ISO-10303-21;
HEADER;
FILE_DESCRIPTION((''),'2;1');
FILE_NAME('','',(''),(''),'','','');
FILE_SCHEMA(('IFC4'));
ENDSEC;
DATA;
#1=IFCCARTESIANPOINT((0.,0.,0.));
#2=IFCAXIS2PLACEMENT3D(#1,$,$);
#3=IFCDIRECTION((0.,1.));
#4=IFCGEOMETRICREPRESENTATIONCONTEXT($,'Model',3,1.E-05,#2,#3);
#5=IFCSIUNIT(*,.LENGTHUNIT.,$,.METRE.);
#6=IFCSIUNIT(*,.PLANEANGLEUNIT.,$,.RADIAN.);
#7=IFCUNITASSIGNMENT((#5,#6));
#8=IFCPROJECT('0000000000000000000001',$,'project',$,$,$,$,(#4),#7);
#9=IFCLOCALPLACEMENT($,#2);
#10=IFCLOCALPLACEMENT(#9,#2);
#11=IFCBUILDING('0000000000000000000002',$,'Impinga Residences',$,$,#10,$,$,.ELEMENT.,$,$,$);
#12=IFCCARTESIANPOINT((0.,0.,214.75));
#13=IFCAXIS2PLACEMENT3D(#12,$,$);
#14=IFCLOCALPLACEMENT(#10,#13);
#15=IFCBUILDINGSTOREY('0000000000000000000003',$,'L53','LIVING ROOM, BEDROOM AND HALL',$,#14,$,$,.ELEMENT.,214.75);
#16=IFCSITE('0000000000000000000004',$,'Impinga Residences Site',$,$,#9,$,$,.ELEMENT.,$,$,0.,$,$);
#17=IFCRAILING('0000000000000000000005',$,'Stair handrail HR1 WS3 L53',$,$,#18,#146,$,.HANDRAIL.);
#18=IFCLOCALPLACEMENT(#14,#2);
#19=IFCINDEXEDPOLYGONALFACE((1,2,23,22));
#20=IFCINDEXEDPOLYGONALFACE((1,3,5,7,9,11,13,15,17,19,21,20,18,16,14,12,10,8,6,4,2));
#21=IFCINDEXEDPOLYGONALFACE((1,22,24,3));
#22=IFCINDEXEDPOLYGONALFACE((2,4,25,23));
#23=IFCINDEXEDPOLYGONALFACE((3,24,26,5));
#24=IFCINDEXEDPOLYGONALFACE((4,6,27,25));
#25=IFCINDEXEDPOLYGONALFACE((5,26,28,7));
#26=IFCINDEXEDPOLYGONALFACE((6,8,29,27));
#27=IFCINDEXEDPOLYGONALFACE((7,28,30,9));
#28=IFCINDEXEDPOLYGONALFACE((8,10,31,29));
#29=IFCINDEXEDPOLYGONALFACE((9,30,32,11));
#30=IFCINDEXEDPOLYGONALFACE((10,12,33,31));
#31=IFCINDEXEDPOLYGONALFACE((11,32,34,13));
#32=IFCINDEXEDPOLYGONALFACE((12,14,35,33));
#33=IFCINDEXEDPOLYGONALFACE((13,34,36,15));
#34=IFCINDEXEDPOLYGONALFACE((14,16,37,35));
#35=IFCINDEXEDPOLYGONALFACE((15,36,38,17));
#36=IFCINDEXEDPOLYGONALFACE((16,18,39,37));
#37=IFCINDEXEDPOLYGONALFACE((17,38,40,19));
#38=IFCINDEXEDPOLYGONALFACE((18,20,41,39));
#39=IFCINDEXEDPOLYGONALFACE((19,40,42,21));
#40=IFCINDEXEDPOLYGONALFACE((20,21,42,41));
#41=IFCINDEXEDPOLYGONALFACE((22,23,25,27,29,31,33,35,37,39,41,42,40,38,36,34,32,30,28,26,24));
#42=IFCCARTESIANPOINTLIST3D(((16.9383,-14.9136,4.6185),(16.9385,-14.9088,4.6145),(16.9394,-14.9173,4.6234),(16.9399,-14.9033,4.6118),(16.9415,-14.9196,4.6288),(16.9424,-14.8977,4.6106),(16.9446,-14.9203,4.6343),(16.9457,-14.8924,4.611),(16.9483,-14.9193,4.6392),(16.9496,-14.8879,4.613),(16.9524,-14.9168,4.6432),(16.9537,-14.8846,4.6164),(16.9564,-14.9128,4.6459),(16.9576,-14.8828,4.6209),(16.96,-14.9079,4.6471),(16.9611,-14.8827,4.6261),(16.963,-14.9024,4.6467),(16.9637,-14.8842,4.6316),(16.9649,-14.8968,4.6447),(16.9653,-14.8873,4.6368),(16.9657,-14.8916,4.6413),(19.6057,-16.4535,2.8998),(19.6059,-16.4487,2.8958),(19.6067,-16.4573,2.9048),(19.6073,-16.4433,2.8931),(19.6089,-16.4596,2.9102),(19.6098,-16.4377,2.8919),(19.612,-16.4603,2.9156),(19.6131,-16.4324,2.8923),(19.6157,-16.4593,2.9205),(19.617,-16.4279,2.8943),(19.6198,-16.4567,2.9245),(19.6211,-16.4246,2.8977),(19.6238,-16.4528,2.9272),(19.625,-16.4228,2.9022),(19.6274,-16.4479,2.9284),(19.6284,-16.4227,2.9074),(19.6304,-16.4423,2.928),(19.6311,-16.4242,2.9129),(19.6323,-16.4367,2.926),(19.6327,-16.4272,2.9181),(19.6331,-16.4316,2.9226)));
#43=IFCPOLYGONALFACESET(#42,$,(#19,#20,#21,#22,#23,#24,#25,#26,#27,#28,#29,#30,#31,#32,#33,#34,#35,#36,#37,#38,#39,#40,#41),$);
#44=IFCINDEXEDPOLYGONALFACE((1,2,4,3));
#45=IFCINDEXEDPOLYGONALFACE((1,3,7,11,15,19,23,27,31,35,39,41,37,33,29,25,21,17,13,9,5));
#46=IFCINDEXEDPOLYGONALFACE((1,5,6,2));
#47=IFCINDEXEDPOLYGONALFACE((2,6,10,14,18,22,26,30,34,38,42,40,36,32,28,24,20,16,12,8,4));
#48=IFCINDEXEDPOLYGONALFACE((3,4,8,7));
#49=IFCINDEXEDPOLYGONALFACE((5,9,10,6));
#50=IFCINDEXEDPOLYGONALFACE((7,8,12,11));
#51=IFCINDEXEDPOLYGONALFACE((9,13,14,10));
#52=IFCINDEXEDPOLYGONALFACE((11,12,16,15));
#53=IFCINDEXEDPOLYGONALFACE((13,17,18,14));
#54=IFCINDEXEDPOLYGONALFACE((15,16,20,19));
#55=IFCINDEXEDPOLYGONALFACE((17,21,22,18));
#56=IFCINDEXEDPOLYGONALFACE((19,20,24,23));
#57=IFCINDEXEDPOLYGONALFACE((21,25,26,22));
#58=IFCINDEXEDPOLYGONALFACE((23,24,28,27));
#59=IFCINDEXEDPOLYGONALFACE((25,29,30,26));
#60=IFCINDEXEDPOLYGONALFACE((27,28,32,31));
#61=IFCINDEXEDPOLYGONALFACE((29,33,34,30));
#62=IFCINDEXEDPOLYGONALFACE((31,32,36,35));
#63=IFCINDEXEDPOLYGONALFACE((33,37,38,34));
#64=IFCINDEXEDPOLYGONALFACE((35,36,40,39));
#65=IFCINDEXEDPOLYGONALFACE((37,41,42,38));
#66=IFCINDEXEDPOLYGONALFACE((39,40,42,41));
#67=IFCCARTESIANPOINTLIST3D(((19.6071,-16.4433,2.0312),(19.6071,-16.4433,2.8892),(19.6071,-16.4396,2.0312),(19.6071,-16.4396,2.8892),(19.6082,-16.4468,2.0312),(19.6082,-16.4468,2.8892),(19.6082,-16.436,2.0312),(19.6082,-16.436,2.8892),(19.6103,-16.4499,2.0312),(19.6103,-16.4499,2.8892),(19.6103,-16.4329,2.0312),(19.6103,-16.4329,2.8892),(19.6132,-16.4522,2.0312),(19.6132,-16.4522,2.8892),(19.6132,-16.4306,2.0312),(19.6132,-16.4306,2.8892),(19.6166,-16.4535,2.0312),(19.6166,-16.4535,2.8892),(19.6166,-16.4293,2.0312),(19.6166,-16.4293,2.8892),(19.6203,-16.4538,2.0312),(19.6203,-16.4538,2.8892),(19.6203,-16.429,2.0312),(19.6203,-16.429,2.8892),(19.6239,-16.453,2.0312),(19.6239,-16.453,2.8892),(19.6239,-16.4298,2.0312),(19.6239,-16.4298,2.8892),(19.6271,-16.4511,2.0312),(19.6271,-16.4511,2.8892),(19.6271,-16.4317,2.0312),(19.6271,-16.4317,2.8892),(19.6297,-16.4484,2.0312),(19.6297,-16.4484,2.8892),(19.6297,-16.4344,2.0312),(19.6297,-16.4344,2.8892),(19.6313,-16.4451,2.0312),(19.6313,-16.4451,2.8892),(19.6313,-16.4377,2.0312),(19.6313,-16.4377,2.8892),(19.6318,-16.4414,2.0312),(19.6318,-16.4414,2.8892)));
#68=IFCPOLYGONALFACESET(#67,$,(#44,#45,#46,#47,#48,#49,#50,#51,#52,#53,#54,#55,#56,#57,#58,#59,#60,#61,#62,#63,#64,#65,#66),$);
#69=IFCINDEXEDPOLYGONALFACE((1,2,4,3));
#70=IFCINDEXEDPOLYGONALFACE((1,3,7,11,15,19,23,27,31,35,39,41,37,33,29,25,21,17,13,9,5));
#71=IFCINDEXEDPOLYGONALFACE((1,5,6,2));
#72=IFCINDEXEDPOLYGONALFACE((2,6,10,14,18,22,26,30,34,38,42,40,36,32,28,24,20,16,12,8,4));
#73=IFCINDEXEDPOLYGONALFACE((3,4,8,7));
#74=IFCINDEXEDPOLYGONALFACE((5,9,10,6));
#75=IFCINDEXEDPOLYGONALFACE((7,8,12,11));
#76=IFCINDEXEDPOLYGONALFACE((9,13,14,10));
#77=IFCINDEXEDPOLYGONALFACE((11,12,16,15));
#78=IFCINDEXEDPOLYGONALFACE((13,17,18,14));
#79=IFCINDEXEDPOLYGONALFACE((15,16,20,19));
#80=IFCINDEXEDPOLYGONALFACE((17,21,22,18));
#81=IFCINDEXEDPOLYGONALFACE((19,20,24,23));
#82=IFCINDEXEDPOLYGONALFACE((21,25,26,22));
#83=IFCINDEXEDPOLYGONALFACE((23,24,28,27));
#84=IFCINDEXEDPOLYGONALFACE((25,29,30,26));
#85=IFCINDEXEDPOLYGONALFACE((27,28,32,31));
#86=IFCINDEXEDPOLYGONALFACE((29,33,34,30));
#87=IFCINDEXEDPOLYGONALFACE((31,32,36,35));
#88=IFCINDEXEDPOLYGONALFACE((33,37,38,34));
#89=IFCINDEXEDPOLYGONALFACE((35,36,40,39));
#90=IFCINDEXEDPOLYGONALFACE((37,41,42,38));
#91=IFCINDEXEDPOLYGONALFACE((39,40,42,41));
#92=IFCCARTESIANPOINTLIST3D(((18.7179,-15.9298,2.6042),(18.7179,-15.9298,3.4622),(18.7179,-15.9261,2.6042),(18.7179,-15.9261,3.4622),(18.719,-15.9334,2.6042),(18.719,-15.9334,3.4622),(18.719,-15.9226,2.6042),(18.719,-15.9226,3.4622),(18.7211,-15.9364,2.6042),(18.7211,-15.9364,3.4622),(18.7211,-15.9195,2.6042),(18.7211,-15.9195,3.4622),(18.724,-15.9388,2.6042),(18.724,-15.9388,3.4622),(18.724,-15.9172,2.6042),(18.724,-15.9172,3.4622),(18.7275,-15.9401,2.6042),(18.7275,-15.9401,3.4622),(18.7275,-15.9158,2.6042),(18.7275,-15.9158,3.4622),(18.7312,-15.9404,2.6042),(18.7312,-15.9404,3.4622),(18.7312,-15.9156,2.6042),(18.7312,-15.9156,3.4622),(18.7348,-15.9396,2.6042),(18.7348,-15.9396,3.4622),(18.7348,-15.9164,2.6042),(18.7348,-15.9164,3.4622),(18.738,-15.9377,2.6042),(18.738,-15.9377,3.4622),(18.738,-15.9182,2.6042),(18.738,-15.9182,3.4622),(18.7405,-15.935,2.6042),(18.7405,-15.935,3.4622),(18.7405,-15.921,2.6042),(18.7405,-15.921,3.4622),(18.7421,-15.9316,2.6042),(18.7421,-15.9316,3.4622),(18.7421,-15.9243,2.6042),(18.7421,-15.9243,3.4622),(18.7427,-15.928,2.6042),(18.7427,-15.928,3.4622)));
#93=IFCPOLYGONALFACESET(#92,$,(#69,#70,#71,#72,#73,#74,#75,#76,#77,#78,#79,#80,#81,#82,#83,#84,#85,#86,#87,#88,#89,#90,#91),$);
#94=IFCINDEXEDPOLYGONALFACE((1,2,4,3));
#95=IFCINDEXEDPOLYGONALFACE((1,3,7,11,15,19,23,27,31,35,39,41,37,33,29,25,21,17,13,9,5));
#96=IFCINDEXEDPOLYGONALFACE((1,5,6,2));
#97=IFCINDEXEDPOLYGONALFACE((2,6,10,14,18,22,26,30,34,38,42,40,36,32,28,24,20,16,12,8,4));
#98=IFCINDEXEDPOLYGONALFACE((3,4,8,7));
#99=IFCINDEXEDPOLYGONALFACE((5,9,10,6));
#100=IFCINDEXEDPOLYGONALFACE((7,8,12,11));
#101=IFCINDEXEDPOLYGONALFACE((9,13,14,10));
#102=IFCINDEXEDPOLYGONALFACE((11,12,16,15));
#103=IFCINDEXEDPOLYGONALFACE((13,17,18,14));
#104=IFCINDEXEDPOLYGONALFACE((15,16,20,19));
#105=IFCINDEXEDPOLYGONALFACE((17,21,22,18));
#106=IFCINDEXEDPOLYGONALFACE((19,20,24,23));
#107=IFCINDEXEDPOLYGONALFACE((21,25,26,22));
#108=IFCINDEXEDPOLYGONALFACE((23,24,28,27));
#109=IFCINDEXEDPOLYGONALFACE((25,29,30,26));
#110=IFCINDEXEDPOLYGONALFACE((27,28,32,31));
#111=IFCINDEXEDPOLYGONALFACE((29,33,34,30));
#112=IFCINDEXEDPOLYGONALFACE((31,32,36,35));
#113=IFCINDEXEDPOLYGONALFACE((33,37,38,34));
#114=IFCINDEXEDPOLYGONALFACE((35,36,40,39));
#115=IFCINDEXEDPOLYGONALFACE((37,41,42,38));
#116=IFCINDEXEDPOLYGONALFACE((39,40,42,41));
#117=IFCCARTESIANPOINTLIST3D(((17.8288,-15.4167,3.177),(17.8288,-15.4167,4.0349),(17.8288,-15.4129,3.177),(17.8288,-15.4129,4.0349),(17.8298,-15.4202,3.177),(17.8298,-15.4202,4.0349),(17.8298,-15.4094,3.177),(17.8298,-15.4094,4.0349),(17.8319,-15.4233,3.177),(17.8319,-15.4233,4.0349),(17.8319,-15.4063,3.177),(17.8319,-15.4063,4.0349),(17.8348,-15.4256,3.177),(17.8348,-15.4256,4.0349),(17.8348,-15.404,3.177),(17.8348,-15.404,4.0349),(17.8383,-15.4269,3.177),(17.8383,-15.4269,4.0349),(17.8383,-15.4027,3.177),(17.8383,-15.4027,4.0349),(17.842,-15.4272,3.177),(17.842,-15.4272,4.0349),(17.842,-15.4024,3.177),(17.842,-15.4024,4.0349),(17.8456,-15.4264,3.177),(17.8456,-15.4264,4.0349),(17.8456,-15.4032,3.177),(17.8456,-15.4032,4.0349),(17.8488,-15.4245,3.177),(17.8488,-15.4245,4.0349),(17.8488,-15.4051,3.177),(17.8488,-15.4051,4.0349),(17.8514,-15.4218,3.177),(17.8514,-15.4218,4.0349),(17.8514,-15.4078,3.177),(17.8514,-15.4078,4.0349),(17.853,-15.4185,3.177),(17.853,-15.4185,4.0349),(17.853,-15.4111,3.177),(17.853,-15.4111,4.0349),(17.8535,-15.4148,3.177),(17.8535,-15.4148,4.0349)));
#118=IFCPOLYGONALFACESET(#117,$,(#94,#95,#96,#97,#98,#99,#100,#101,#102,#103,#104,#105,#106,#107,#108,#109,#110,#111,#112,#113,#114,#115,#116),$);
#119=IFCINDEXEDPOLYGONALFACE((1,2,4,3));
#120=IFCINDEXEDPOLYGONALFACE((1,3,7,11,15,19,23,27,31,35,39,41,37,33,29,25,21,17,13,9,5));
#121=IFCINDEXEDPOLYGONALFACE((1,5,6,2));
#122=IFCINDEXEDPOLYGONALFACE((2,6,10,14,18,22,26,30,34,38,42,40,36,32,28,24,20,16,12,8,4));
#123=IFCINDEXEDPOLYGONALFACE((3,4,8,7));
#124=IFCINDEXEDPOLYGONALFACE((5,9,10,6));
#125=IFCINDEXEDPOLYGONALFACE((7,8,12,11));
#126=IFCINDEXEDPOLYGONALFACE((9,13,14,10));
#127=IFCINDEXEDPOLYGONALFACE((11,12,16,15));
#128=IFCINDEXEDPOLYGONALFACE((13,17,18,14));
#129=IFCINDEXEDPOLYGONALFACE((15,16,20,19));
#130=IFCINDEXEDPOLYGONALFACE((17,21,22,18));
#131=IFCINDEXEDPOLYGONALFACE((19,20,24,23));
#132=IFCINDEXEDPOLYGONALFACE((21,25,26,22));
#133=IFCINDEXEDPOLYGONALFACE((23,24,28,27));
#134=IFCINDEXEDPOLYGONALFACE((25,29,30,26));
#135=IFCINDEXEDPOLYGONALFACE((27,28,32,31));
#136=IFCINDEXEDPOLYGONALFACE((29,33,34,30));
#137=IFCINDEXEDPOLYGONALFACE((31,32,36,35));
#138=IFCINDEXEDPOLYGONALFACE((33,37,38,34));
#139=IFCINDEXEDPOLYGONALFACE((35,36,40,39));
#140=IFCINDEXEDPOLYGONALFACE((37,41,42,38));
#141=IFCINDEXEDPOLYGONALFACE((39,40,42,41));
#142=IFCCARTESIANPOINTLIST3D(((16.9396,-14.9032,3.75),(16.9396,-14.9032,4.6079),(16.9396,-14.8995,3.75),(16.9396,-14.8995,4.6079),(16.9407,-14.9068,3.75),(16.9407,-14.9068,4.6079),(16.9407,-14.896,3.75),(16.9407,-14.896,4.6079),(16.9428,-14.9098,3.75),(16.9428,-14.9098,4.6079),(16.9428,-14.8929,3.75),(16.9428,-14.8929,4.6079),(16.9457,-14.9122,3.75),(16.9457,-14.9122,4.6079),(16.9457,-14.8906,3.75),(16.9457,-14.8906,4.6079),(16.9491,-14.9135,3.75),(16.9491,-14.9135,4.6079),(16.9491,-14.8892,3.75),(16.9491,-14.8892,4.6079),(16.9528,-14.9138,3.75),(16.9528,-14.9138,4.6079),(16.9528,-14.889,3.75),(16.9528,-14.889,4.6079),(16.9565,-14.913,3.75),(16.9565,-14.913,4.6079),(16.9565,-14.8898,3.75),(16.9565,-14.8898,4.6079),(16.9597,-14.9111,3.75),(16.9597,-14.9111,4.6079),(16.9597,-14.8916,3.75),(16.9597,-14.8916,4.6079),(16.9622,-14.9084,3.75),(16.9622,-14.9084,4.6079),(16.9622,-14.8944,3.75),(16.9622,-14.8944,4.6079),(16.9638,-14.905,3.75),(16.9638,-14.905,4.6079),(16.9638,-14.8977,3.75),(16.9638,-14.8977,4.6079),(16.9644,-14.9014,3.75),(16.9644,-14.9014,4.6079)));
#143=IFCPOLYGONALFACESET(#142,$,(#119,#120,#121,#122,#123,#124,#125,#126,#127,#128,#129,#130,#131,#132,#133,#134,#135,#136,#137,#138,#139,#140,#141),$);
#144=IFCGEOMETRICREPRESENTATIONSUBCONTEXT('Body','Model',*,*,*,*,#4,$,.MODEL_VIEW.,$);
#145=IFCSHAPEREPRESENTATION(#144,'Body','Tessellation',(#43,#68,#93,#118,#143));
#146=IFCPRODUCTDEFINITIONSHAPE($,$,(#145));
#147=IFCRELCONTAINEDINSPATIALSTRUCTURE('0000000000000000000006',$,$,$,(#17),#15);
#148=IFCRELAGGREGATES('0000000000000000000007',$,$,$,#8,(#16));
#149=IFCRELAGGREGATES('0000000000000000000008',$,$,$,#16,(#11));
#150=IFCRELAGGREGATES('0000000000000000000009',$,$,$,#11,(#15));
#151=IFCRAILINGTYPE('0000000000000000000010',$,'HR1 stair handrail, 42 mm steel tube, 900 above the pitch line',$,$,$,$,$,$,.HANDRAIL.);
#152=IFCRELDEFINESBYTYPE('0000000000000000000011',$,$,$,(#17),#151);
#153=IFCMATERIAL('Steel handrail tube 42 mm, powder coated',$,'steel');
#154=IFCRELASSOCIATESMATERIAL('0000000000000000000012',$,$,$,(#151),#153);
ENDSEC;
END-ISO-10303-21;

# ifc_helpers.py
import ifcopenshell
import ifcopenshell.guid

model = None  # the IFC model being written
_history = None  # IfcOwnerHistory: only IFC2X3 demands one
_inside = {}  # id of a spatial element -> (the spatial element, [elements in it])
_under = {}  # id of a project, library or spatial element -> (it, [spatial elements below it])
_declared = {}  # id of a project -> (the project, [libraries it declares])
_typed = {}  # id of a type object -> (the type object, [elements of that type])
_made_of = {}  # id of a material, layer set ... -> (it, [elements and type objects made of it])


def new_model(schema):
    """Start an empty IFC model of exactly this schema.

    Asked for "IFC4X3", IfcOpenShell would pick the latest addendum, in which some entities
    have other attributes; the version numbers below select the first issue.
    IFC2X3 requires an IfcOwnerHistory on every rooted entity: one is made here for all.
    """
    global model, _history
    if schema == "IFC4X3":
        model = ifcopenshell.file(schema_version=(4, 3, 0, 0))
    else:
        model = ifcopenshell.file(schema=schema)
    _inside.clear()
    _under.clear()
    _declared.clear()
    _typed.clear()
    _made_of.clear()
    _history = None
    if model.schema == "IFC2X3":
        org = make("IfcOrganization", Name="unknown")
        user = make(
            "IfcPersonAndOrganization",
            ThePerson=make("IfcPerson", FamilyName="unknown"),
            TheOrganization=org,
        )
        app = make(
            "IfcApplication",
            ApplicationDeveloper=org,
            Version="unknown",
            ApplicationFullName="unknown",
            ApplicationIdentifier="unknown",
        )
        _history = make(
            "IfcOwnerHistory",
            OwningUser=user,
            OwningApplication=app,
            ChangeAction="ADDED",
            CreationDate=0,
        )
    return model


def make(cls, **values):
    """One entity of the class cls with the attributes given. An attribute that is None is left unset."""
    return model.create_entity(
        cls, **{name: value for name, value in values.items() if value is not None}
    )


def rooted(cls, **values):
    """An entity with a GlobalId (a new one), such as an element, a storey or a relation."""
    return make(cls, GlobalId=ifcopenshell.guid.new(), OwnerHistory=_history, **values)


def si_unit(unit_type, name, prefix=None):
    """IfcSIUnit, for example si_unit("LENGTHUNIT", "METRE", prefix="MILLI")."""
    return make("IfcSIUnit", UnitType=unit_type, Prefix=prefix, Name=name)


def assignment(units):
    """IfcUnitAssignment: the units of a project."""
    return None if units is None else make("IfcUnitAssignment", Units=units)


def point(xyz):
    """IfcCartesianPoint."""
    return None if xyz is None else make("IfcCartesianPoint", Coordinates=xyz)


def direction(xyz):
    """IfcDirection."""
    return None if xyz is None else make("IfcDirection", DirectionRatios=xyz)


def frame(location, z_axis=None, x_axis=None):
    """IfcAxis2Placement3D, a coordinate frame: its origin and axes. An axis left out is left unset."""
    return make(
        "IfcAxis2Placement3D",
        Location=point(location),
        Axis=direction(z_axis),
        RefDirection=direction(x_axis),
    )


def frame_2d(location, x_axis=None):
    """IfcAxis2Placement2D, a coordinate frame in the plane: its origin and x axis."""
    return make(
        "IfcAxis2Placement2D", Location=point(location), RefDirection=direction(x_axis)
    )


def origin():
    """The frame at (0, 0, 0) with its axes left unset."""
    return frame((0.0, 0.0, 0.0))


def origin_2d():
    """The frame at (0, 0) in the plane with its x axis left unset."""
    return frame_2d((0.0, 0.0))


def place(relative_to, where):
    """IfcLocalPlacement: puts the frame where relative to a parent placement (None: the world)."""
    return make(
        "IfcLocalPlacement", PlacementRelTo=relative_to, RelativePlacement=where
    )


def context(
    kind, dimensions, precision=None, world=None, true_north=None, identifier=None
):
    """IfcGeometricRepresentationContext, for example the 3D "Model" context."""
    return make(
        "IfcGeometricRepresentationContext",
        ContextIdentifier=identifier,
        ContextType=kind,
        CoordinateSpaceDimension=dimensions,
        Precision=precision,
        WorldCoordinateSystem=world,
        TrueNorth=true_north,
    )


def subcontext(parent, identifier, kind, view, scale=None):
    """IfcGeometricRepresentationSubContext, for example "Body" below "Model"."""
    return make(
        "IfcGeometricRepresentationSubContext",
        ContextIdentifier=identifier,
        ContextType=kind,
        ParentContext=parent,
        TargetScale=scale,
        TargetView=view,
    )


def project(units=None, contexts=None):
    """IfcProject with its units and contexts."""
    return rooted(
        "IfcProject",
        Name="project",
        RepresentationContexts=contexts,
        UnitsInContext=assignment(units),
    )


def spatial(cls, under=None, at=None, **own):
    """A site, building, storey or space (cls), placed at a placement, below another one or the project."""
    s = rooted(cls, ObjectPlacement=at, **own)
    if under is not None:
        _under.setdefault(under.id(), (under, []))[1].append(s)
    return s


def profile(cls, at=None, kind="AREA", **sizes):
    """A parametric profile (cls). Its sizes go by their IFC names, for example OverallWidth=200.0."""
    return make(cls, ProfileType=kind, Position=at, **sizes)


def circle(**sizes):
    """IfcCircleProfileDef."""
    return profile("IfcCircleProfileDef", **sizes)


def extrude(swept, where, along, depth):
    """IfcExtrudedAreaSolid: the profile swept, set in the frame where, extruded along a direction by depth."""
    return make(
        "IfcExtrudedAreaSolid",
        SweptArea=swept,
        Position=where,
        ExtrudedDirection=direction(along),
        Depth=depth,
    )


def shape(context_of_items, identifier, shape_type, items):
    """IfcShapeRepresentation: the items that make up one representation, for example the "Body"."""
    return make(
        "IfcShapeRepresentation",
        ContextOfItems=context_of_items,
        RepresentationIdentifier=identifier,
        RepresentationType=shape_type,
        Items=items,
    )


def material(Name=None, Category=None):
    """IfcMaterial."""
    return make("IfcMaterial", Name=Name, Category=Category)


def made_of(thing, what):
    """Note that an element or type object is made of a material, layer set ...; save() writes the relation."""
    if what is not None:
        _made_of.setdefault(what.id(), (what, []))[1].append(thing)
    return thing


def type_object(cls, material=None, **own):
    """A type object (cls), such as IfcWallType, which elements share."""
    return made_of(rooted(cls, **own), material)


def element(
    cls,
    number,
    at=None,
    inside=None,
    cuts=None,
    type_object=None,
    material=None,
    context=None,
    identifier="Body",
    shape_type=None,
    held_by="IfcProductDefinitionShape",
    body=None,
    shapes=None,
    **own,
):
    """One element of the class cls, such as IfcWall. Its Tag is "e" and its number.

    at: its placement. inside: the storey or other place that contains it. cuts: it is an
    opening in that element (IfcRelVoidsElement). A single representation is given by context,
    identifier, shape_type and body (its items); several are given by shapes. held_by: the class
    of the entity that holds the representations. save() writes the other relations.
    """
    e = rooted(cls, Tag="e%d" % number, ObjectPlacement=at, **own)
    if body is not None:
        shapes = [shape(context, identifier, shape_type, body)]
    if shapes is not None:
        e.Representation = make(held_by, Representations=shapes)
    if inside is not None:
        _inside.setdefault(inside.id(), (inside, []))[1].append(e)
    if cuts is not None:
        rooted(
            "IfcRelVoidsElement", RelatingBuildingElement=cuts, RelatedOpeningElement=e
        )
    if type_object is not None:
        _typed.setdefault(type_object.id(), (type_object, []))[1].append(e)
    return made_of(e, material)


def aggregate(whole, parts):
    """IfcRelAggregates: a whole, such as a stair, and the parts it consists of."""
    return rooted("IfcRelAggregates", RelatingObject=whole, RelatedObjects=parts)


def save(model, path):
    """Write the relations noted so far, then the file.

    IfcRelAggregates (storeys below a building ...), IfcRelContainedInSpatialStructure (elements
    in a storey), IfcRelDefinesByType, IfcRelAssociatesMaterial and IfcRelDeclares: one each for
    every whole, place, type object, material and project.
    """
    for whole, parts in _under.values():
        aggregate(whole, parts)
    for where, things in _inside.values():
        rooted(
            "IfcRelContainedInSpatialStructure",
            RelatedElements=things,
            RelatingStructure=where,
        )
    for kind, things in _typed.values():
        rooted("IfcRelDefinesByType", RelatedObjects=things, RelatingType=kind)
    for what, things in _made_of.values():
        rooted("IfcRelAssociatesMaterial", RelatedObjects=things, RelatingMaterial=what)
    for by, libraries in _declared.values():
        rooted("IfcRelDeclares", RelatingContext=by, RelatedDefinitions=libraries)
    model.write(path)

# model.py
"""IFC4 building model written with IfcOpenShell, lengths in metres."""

from ifc_helpers import new_model, si_unit, direction, frame, origin, origin_2d, place, context, subcontext, project, spatial, circle, extrude, material, type_object, element, save


model = new_model("IFC4")

# Units and contexts
model_context = context("Model", 3, precision=1e-05, world=origin(), true_north=direction((0.0, 1.0)))
body_context = subcontext(model_context, "Body", "Model", "MODEL_VIEW")
ifc_project = project(units=[si_unit("LENGTHUNIT", "METRE"), si_unit("PLANEANGLEUNIT", "RADIAN")], contexts=[model_context])

# Site, building, storey
site_placement = place(None, origin())
site = spatial("IfcSite", under=ifc_project, at=site_placement, Name="Impinga Residences Site", CompositionType="ELEMENT", RefElevation=0.0)
building_placement = place(site_placement, origin())
building = spatial("IfcBuilding", under=site, at=building_placement, Name="Impinga Residences", CompositionType="ELEMENT")
storey_placement = place(building_placement, frame((0.0, 0.0, 214.75)))
storey = spatial("IfcBuildingStorey", under=building, at=storey_placement, Name="L53", Description="LIVING ROOM, BEDROOM AND HALL", CompositionType="ELEMENT", Elevation=214.75)

# Railing
ifc_material_1 = material(Name="Steel handrail tube 42 mm, powder coated", Category="steel")
railing_type_1 = type_object("IfcRailingType", Name="HR1 stair handrail, 42 mm steel tube, 900 above the pitch line", PredefinedType="HANDRAIL", material=ifc_material_1)
railing_1_placement = place(storey_placement, frame((19.6194, -16.4414, 2.0312)))
element("IfcRailing", 1, at=railing_1_placement, inside=storey, type_object=railing_type_1, Name="Stair handrail HR1 WS3 L53", PredefinedType="HANDRAIL", context=body_context, shape_type="SweptSolid", body=[
    extrude(circle(Radius=0.021, at=origin_2d()), frame((0.0, 0.0, 0.8789), z_axis=(-0.756256, 0.436616, 0.487282), x_axis=(-0.499992, -0.86603, 0.0)), (0.0, 0.0, 1.0), 3.5271),
    extrude(circle(Radius=0.0125, at=origin_2d()), origin(), (0.0, 0.0, 1.0), 0.8579),
    extrude(circle(Radius=0.0125, at=origin_2d()), frame((-0.8892, 0.5134, 0.573)), (0.0, 0.0, 1.0), 0.8579),
    extrude(circle(Radius=0.0125, at=origin_2d()), frame((-1.7783, 1.0266, 1.1458)), (0.0, 0.0, 1.0), 0.8579),
    extrude(circle(Radius=0.0125, at=origin_2d()), frame((-2.6675, 1.54, 1.7188)), (0.0, 0.0, 1.0), 0.8579),
])

save(model, "model.ifc")
